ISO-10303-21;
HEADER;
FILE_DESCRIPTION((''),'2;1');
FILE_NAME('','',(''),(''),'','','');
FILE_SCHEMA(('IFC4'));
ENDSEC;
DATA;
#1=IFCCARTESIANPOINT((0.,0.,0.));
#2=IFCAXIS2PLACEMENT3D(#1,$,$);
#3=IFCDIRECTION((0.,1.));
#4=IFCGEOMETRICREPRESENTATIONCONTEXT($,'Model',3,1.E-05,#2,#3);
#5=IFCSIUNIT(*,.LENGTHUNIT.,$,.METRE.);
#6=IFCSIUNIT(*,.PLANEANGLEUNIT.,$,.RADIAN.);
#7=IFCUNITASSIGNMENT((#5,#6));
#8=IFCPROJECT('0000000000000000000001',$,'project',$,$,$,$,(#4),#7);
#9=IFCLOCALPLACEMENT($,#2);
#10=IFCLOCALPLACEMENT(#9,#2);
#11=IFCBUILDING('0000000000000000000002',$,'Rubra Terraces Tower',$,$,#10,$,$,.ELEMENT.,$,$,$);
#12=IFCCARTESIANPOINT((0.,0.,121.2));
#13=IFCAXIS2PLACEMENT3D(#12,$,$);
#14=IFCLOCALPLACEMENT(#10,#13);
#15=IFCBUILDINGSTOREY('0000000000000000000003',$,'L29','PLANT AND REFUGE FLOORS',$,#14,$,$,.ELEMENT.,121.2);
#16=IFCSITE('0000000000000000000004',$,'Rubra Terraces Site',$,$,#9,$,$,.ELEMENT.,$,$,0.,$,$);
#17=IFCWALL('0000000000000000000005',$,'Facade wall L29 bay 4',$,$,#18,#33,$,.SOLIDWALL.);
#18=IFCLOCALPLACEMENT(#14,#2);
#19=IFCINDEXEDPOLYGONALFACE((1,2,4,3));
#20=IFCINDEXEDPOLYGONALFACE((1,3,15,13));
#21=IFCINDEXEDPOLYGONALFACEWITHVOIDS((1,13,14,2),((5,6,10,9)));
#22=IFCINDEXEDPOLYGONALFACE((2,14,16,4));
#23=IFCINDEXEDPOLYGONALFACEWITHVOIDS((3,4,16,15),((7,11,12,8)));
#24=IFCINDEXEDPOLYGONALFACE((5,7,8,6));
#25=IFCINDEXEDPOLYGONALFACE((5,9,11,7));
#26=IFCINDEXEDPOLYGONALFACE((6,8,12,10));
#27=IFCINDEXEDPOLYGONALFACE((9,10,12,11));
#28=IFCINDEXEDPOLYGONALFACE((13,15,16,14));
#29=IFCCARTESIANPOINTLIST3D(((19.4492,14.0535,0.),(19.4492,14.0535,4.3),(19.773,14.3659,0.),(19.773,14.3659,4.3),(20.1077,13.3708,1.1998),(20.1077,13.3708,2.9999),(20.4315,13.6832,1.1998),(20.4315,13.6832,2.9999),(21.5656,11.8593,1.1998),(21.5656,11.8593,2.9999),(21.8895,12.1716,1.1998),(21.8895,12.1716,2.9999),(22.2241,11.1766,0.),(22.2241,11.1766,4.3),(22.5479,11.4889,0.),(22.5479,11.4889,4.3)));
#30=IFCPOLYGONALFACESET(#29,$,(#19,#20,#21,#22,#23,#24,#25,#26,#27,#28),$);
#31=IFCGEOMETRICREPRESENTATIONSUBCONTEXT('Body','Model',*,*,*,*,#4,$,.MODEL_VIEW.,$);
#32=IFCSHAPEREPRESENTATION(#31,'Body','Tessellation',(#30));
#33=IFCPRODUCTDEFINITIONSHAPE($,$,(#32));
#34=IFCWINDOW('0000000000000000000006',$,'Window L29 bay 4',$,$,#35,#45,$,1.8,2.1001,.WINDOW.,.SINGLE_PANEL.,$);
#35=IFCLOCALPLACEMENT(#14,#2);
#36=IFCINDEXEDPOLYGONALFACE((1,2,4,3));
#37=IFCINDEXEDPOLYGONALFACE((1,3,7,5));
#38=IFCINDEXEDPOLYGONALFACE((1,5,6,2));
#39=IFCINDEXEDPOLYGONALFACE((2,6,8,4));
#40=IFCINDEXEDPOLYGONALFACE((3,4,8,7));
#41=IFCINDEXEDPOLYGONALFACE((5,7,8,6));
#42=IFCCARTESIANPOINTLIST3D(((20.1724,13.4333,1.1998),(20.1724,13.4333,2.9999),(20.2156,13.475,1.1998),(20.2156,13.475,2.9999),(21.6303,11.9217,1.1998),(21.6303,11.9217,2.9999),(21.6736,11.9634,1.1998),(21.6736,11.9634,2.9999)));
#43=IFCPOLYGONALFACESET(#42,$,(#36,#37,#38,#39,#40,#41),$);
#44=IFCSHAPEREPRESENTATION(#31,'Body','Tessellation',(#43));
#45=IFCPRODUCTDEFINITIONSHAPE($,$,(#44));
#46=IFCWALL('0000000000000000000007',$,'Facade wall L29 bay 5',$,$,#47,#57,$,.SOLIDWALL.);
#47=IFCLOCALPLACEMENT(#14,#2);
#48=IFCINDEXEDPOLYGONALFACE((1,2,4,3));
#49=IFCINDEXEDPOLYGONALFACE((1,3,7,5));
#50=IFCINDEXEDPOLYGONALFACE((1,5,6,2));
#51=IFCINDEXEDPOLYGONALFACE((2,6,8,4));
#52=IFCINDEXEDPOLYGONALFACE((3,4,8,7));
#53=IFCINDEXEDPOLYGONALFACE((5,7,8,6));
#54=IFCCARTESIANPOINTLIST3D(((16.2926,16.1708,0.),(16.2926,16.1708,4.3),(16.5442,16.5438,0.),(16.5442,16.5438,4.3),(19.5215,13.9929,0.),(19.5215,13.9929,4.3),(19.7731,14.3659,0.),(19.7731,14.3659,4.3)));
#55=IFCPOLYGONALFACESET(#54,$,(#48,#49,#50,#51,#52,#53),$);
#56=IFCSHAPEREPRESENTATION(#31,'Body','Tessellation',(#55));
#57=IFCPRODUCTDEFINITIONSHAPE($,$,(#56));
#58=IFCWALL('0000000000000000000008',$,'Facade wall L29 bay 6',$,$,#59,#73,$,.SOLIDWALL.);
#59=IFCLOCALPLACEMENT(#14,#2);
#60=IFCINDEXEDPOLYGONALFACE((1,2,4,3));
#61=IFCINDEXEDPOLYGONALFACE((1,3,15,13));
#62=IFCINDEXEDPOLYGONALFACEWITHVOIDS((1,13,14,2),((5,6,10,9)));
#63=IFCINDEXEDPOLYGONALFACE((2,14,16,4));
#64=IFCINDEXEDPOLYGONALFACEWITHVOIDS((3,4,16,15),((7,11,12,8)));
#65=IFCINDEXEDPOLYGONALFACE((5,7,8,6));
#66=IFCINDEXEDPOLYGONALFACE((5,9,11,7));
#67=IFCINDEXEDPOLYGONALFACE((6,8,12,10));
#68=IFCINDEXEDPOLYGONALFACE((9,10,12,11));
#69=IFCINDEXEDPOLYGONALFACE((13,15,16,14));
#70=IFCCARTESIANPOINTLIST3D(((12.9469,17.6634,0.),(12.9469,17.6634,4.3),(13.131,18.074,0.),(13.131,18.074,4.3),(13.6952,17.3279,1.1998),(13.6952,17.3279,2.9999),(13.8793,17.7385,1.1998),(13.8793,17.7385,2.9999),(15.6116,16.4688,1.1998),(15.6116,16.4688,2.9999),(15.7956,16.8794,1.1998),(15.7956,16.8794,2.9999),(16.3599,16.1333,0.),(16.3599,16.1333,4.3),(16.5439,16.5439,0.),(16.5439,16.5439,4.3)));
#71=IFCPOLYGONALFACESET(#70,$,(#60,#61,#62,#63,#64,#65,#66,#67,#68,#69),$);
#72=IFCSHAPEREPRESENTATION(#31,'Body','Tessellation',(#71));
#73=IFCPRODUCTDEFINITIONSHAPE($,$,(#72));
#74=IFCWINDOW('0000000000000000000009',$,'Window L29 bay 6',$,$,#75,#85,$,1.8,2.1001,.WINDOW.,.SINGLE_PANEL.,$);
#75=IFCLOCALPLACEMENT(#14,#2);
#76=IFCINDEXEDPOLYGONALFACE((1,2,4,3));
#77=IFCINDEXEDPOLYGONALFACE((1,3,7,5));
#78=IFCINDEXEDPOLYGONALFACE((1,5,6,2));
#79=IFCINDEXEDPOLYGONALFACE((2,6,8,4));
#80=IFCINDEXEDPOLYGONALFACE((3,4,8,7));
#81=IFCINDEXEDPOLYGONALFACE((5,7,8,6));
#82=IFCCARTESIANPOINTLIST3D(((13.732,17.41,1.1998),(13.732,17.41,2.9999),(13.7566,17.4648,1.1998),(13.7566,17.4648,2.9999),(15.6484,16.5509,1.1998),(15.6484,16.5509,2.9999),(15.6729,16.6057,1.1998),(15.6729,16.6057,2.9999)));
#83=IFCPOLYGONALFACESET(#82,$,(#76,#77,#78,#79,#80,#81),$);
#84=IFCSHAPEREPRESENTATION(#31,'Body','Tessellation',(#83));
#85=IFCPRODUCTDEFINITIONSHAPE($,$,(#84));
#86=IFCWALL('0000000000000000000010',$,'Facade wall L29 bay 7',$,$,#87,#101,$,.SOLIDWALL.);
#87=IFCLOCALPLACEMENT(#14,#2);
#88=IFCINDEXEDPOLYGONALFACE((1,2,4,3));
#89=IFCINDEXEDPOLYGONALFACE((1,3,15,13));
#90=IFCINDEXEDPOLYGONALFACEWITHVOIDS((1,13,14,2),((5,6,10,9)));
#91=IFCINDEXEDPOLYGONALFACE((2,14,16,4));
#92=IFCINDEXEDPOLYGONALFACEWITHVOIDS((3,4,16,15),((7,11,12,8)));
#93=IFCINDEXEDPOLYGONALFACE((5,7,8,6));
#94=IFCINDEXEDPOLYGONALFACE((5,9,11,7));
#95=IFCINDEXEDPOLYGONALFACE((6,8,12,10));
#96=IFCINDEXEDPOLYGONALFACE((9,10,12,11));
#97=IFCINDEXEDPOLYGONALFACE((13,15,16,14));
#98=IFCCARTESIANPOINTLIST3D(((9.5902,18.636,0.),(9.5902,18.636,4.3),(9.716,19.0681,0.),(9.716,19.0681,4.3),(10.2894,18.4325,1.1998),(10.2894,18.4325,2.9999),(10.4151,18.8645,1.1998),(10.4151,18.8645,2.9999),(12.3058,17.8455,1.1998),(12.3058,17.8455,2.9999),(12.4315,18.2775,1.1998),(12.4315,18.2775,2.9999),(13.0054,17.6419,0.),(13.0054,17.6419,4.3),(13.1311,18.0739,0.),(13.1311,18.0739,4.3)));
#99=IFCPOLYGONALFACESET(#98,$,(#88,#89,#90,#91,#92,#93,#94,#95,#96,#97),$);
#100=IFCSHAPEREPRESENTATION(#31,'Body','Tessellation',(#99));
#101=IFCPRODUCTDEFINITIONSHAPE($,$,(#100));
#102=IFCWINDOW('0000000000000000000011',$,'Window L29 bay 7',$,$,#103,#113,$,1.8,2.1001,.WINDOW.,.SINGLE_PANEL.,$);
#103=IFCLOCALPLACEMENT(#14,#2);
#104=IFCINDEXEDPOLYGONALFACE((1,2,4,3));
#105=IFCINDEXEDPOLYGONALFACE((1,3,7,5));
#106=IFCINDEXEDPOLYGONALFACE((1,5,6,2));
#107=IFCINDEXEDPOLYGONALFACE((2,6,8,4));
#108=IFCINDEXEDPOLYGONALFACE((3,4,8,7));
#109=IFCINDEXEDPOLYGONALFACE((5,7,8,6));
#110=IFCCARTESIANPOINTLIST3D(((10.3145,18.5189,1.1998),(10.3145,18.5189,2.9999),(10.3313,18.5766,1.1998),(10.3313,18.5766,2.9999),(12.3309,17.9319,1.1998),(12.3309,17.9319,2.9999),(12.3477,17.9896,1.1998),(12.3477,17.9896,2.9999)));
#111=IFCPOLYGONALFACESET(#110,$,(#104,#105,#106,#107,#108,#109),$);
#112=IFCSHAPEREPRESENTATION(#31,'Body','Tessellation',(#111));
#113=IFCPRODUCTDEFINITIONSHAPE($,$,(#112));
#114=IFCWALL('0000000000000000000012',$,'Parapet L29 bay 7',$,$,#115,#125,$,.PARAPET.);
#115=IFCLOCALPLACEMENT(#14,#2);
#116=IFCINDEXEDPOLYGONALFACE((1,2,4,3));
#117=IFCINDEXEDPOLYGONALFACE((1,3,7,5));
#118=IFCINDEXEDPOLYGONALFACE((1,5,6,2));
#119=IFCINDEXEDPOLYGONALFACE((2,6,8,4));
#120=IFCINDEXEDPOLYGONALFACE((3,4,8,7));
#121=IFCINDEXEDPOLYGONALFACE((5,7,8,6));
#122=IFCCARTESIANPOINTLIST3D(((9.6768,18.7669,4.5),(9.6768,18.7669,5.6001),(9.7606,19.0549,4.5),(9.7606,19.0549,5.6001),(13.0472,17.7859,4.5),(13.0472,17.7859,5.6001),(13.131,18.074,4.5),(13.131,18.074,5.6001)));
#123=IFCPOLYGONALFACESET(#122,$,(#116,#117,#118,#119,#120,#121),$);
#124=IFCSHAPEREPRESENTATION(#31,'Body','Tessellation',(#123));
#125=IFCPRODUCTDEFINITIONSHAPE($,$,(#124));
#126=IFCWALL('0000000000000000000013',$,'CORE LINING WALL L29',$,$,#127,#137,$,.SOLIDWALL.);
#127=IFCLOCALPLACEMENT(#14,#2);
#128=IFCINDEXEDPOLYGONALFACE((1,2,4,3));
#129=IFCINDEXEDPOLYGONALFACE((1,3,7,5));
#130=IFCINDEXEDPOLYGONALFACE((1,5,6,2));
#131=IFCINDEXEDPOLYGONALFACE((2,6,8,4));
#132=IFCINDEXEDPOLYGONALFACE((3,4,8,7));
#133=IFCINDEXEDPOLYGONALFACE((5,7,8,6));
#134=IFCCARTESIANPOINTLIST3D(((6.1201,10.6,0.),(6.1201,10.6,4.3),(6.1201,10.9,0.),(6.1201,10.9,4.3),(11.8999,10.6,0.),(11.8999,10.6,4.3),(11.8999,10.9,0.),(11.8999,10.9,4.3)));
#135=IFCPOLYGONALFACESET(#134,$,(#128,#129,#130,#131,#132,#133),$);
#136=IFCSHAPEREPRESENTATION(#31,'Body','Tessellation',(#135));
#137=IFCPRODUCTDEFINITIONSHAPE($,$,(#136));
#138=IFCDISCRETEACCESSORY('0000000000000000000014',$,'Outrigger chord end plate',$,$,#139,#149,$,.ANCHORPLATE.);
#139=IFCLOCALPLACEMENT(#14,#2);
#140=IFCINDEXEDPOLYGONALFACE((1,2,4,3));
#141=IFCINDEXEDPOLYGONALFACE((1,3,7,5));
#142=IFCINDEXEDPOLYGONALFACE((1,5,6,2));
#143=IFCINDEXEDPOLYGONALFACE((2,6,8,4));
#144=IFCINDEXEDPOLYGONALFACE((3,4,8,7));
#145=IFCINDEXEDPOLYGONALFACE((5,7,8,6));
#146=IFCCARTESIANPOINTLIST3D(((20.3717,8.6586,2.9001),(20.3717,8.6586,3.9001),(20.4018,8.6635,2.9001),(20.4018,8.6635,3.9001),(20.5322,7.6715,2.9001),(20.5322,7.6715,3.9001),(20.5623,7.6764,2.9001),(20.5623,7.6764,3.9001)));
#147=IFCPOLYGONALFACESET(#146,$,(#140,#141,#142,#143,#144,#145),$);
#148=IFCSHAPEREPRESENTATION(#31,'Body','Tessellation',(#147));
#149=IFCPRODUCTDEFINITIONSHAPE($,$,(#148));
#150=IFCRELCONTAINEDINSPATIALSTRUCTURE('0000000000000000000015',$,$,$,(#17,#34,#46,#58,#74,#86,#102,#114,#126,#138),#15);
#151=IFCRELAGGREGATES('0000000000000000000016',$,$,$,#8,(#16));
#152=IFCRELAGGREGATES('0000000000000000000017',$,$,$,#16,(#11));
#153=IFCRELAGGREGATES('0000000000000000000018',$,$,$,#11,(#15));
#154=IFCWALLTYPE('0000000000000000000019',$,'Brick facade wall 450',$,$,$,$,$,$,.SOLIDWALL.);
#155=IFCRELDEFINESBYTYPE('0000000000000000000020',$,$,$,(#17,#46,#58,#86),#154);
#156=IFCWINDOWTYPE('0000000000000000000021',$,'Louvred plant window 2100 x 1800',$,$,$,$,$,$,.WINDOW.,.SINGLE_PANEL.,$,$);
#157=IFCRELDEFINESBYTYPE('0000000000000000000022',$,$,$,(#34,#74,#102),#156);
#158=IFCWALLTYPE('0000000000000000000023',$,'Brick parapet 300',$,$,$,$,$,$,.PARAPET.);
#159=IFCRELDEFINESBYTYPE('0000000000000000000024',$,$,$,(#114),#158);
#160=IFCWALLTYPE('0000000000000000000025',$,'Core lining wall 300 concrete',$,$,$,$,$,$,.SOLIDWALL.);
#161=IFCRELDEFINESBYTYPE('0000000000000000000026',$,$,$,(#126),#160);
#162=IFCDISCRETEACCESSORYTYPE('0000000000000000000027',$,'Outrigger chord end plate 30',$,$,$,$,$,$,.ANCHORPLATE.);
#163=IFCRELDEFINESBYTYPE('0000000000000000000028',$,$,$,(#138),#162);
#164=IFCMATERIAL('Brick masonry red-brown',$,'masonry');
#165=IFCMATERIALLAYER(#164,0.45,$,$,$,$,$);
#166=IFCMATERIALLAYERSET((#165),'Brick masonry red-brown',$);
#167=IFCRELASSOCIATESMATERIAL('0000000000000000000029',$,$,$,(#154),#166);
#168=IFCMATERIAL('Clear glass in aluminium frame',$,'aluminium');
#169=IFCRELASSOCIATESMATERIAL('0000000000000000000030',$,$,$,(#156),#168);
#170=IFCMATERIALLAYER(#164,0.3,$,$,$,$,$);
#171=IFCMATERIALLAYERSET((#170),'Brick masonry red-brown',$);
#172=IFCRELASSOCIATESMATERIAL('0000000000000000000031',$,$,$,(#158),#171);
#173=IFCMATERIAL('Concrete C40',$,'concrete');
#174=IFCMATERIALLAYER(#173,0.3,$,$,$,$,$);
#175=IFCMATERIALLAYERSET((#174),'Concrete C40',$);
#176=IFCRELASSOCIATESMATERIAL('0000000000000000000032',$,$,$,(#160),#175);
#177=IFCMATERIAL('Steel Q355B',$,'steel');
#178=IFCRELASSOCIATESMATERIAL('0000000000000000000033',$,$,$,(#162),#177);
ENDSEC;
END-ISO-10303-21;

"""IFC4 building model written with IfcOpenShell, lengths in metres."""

from ifc_helpers import new_model, si_unit, direction, frame, frame_2d, origin, origin_2d, place, context, subcontext, project, spatial, rectangle, extrude, material, layer, layer_set, material_profile, profile_set, type_object, element, fill, save


model = new_model("IFC4")

# Units and contexts
model_context = context("Model", 3, precision=1e-05, world=origin(), true_north=direction((0.0, 1.0)))
body_context = subcontext(model_context, "Body", "Model", "MODEL_VIEW")
ifc_project = project(units=[si_unit("LENGTHUNIT", "METRE"), si_unit("PLANEANGLEUNIT", "RADIAN")], contexts=[model_context])

# Site, building, storey
site_placement = place(None, origin())
site = spatial("IfcSite", under=ifc_project, at=site_placement, Name="Rubra Terraces Site", CompositionType="ELEMENT", RefElevation=0.0)
building_placement = place(site_placement, origin())
building = spatial("IfcBuilding", under=site, at=building_placement, Name="Rubra Terraces Tower", CompositionType="ELEMENT")
storey_placement = place(building_placement, frame((0.0, 0.0, 121.2)))
storey = spatial("IfcBuildingStorey", under=building, at=storey_placement, Name="L29", Description="PLANT AND REFUGE FLOORS", CompositionType="ELEMENT", Elevation=121.2)

# Shared definitions
ifc_material_1 = material(Name="Steel Q355B", Category="steel")

# Wall, opening, window
ifc_material_2 = material(Name="Brick masonry red-brown", Category="masonry")
ifc_layer_1 = layer(ifc_material_2, 0.45)
ifc_layer_set_1 = layer_set([ifc_layer_1], Name="Brick masonry red-brown")
wall_type_1 = type_object("IfcWallType", Name="Brick facade wall 450", PredefinedType="SOLIDWALL", material=ifc_layer_set_1)
wall_1_placement = place(storey_placement, frame((22.386, 11.3328, 0.0), z_axis=(0.0, 0.0, 1.0), x_axis=(-0.694226, 0.719757, 0.0)))
wall_1 = element("IfcWall", 1, at=wall_1_placement, inside=storey, type_object=wall_type_1, Name="Facade wall L29 bay 4", PredefinedType="SOLIDWALL", context=body_context, shape_type="SweptSolid", body=[
    extrude(rectangle(XDim=3.9971, YDim=0.45, at=frame_2d((1.9985, 0.0))), origin(), (0.0, 0.0, 1.0), 4.3),
])
opening_1_placement = place(wall_1_placement, frame((0.9485, 0.0, 1.2)))
opening_1 = element("IfcOpeningElement", 2, at=opening_1_placement, cuts=wall_1, PredefinedType="OPENING", context=body_context, shape_type="SweptSolid", body=[
    extrude(rectangle(XDim=2.1001, YDim=1.8, at=frame_2d((1.05, 0.8999))), frame((0.0, 0.2349, 0.0), z_axis=(0.0, -1.0, 0.0), x_axis=(1.0, 0.0, 0.0)), (0.0, 0.0, 1.0), 0.47),
])
ifc_material_3 = material(Name="Clear glass in aluminium frame", Category="aluminium")
window_type = type_object("IfcWindowType", Name="Louvred plant window 2100 x 1800", PartitioningType="SINGLE_PANEL", PredefinedType="WINDOW", material=ifc_material_3)
window_1_placement = place(opening_1_placement, origin())
window_1 = element("IfcWindow", 3, at=window_1_placement, inside=storey, type_object=window_type, Name="Window L29 bay 4", OverallHeight=1.8, OverallWidth=2.1001, PartitioningType="SINGLE_PANEL", PredefinedType="WINDOW", context=body_context, shape_type="SweptSolid", body=[
    extrude(rectangle(XDim=2.1001, YDim=1.8, at=frame_2d((1.05, 0.8999))), frame((0.0, 0.135, 0.0), z_axis=(0.0, -1.0, 0.0), x_axis=(1.0, 0.0, 0.0)), (0.0, 0.0, 1.0), 0.0601),
])
fill(opening_1, window_1)

# Wall
wall_2_placement = place(storey_placement, frame((19.6472, 14.1794, 0.0), z_axis=(0.0, 0.0, 1.0), x_axis=(-0.829039, 0.559191, 0.0)))
element("IfcWall", 4, at=wall_2_placement, inside=storey, type_object=wall_type_1, Name="Facade wall L29 bay 5", PredefinedType="SOLIDWALL", context=body_context, shape_type="SweptSolid", body=[
    extrude(rectangle(XDim=3.8948, YDim=0.45, at=frame_2d((1.9473, 0.0))), origin(), (0.0, 0.0, 1.0), 4.3),
])

# Walls, openings, windows
wall_3_placement = place(storey_placement, frame((16.4519, 16.3386, 0.0), z_axis=(0.0, 0.0, 1.0), x_axis=(-0.912496, 0.409086, 0.0)))
wall_3 = element("IfcWall", 5, at=wall_3_placement, inside=storey, type_object=wall_type_1, Name="Facade wall L29 bay 6", PredefinedType="SOLIDWALL", context=body_context, shape_type="SweptSolid", body=[
    extrude(rectangle(XDim=3.7402, YDim=0.45, at=frame_2d((1.8701, 0.0))), origin(), (0.0, 0.0, 1.0), 4.3),
])
opening_2_placement = place(wall_3_placement, frame((0.8201, 0.0, 1.2)))
opening_2 = element("IfcOpeningElement", 6, at=opening_2_placement, cuts=wall_3, PredefinedType="OPENING", context=body_context, shape_type="SweptSolid", body=[
    extrude(rectangle(XDim=2.1001, YDim=1.8, at=frame_2d((1.05, 0.8999))), frame((0.0, 0.2349, 0.0), z_axis=(0.0, -1.0, 0.0), x_axis=(1.0, 0.0, 0.0)), (0.0, 0.0, 1.0), 0.47),
])
window_2_placement = place(opening_2_placement, origin())
window_2 = element("IfcWindow", 7, at=window_2_placement, inside=storey, type_object=window_type, Name="Window L29 bay 6", OverallHeight=1.8, OverallWidth=2.1001, PartitioningType="SINGLE_PANEL", PredefinedType="WINDOW", context=body_context, shape_type="SweptSolid", body=[
    extrude(rectangle(XDim=2.1001, YDim=1.8, at=frame_2d((1.05, 0.8999))), frame((0.0, 0.135, 0.0), z_axis=(0.0, -1.0, 0.0), x_axis=(1.0, 0.0, 0.0)), (0.0, 0.0, 1.0), 0.0601),
])
fill(opening_2, window_2)
wall_4_placement = place(storey_placement, frame((13.0681, 17.8579, 0.0), z_axis=(0.0, 0.0, 1.0), x_axis=(-0.960144, 0.279504, 0.0)))
wall_4 = element("IfcWall", 8, at=wall_4_placement, inside=storey, type_object=wall_type_1, Name="Facade wall L29 bay 7", PredefinedType="SOLIDWALL", context=body_context, shape_type="SweptSolid", body=[
    extrude(rectangle(XDim=3.5569, YDim=0.45, at=frame_2d((1.7783, 0.0))), origin(), (0.0, 0.0, 1.0), 4.3),
])
opening_3_placement = place(wall_4_placement, frame((0.7285, 0.0, 1.2)))
opening_3 = element("IfcOpeningElement", 9, at=opening_3_placement, cuts=wall_4, PredefinedType="OPENING", context=body_context, shape_type="SweptSolid", body=[
    extrude(rectangle(XDim=2.1001, YDim=1.8, at=frame_2d((1.05, 0.8999))), frame((0.0, 0.2349, 0.0), z_axis=(0.0, -1.0, 0.0), x_axis=(1.0, 0.0, 0.0)), (0.0, 0.0, 1.0), 0.47),
])
window_3_placement = place(opening_3_placement, origin())
window_3 = element("IfcWindow", 10, at=window_3_placement, inside=storey, type_object=window_type, Name="Window L29 bay 7", OverallHeight=1.8, OverallWidth=2.1001, PartitioningType="SINGLE_PANEL", PredefinedType="WINDOW", context=body_context, shape_type="SweptSolid", body=[
    extrude(rectangle(XDim=2.1001, YDim=1.8, at=frame_2d((1.05, 0.8999))), frame((0.0, 0.135, 0.0), z_axis=(0.0, -1.0, 0.0), x_axis=(1.0, 0.0, 0.0)), (0.0, 0.0, 1.0), 0.0601),
])
fill(opening_3, window_3)

# Walls
ifc_layer_2 = layer(ifc_material_2, 0.3)
ifc_layer_set_2 = layer_set([ifc_layer_2], Name="Brick masonry red-brown")
wall_type_2 = type_object("IfcWallType", Name="Brick parapet 300", PredefinedType="PARAPET", material=ifc_layer_set_2)
wall_5_placement = place(storey_placement, frame((13.0891, 17.9299, 4.5), z_axis=(0.0, 0.0, 1.0), x_axis=(-0.960158, 0.279458, 0.0)))
element("IfcWall", 11, at=wall_5_placement, inside=storey, type_object=wall_type_2, Name="Parapet L29 bay 7", PredefinedType="PARAPET", context=body_context, shape_type="SweptSolid", body=[
    extrude(rectangle(XDim=3.5103, YDim=0.3, at=frame_2d((1.7551, 0.0))), origin(), (0.0, 0.0, 1.0), 1.1001),
])
ifc_material_4 = material(Name="Concrete C40", Category="concrete")
ifc_layer_3 = layer(ifc_material_4, 0.3)
ifc_layer_set_3 = layer_set([ifc_layer_3], Name="Concrete C40")
wall_type_3 = type_object("IfcWallType", Name="Core lining wall 300 concrete", PredefinedType="SOLIDWALL", material=ifc_layer_set_3)
wall_6_placement = place(storey_placement, frame((11.8999, 10.75, 0.0), z_axis=(0.0, 0.0, 1.0), x_axis=(-1.0, 0.0, 0.0)))
element("IfcWall", 12, at=wall_6_placement, inside=storey, type_object=wall_type_3, Name="CORE LINING WALL L29", PredefinedType="SOLIDWALL", context=body_context, shape_type="SweptSolid", body=[
    extrude(rectangle(XDim=5.7798, YDim=0.3, at=frame_2d((2.8899, 0.0))), origin(), (0.0, 0.0, 1.0), 4.3),
])

# Discrete accessory
ifc_material_profile_1 = material_profile(ifc_material_1, rectangle(XDim=1.0, YDim=1.0, at=origin_2d()), Name="PL 1000x1000x30")
ifc_profile_set_1 = profile_set([ifc_material_profile_1], Name="Steel Q355B")
discrete_accessory_type = type_object("IfcDiscreteAccessoryType", Name="Outrigger chord end plate 30", PredefinedType="ANCHORPLATE", material=ifc_profile_set_1)
discrete_accessory_placement = place(storey_placement, frame((20.4519, 8.165, 3.4001), z_axis=(0.987037, 0.160494, 0.0), x_axis=(-0.160494, 0.987037, 0.0)))
element("IfcDiscreteAccessory", 13, at=discrete_accessory_placement, inside=storey, type_object=discrete_accessory_type, Name="Outrigger chord end plate", PredefinedType="ANCHORPLATE", context=body_context, shape_type="SweptSolid", body=[
    extrude(rectangle(XDim=1.0, YDim=1.0, at=origin_2d()), origin(), (0.0, 0.0, 1.0), 0.0305),
])

save(model, "model.ifc")
